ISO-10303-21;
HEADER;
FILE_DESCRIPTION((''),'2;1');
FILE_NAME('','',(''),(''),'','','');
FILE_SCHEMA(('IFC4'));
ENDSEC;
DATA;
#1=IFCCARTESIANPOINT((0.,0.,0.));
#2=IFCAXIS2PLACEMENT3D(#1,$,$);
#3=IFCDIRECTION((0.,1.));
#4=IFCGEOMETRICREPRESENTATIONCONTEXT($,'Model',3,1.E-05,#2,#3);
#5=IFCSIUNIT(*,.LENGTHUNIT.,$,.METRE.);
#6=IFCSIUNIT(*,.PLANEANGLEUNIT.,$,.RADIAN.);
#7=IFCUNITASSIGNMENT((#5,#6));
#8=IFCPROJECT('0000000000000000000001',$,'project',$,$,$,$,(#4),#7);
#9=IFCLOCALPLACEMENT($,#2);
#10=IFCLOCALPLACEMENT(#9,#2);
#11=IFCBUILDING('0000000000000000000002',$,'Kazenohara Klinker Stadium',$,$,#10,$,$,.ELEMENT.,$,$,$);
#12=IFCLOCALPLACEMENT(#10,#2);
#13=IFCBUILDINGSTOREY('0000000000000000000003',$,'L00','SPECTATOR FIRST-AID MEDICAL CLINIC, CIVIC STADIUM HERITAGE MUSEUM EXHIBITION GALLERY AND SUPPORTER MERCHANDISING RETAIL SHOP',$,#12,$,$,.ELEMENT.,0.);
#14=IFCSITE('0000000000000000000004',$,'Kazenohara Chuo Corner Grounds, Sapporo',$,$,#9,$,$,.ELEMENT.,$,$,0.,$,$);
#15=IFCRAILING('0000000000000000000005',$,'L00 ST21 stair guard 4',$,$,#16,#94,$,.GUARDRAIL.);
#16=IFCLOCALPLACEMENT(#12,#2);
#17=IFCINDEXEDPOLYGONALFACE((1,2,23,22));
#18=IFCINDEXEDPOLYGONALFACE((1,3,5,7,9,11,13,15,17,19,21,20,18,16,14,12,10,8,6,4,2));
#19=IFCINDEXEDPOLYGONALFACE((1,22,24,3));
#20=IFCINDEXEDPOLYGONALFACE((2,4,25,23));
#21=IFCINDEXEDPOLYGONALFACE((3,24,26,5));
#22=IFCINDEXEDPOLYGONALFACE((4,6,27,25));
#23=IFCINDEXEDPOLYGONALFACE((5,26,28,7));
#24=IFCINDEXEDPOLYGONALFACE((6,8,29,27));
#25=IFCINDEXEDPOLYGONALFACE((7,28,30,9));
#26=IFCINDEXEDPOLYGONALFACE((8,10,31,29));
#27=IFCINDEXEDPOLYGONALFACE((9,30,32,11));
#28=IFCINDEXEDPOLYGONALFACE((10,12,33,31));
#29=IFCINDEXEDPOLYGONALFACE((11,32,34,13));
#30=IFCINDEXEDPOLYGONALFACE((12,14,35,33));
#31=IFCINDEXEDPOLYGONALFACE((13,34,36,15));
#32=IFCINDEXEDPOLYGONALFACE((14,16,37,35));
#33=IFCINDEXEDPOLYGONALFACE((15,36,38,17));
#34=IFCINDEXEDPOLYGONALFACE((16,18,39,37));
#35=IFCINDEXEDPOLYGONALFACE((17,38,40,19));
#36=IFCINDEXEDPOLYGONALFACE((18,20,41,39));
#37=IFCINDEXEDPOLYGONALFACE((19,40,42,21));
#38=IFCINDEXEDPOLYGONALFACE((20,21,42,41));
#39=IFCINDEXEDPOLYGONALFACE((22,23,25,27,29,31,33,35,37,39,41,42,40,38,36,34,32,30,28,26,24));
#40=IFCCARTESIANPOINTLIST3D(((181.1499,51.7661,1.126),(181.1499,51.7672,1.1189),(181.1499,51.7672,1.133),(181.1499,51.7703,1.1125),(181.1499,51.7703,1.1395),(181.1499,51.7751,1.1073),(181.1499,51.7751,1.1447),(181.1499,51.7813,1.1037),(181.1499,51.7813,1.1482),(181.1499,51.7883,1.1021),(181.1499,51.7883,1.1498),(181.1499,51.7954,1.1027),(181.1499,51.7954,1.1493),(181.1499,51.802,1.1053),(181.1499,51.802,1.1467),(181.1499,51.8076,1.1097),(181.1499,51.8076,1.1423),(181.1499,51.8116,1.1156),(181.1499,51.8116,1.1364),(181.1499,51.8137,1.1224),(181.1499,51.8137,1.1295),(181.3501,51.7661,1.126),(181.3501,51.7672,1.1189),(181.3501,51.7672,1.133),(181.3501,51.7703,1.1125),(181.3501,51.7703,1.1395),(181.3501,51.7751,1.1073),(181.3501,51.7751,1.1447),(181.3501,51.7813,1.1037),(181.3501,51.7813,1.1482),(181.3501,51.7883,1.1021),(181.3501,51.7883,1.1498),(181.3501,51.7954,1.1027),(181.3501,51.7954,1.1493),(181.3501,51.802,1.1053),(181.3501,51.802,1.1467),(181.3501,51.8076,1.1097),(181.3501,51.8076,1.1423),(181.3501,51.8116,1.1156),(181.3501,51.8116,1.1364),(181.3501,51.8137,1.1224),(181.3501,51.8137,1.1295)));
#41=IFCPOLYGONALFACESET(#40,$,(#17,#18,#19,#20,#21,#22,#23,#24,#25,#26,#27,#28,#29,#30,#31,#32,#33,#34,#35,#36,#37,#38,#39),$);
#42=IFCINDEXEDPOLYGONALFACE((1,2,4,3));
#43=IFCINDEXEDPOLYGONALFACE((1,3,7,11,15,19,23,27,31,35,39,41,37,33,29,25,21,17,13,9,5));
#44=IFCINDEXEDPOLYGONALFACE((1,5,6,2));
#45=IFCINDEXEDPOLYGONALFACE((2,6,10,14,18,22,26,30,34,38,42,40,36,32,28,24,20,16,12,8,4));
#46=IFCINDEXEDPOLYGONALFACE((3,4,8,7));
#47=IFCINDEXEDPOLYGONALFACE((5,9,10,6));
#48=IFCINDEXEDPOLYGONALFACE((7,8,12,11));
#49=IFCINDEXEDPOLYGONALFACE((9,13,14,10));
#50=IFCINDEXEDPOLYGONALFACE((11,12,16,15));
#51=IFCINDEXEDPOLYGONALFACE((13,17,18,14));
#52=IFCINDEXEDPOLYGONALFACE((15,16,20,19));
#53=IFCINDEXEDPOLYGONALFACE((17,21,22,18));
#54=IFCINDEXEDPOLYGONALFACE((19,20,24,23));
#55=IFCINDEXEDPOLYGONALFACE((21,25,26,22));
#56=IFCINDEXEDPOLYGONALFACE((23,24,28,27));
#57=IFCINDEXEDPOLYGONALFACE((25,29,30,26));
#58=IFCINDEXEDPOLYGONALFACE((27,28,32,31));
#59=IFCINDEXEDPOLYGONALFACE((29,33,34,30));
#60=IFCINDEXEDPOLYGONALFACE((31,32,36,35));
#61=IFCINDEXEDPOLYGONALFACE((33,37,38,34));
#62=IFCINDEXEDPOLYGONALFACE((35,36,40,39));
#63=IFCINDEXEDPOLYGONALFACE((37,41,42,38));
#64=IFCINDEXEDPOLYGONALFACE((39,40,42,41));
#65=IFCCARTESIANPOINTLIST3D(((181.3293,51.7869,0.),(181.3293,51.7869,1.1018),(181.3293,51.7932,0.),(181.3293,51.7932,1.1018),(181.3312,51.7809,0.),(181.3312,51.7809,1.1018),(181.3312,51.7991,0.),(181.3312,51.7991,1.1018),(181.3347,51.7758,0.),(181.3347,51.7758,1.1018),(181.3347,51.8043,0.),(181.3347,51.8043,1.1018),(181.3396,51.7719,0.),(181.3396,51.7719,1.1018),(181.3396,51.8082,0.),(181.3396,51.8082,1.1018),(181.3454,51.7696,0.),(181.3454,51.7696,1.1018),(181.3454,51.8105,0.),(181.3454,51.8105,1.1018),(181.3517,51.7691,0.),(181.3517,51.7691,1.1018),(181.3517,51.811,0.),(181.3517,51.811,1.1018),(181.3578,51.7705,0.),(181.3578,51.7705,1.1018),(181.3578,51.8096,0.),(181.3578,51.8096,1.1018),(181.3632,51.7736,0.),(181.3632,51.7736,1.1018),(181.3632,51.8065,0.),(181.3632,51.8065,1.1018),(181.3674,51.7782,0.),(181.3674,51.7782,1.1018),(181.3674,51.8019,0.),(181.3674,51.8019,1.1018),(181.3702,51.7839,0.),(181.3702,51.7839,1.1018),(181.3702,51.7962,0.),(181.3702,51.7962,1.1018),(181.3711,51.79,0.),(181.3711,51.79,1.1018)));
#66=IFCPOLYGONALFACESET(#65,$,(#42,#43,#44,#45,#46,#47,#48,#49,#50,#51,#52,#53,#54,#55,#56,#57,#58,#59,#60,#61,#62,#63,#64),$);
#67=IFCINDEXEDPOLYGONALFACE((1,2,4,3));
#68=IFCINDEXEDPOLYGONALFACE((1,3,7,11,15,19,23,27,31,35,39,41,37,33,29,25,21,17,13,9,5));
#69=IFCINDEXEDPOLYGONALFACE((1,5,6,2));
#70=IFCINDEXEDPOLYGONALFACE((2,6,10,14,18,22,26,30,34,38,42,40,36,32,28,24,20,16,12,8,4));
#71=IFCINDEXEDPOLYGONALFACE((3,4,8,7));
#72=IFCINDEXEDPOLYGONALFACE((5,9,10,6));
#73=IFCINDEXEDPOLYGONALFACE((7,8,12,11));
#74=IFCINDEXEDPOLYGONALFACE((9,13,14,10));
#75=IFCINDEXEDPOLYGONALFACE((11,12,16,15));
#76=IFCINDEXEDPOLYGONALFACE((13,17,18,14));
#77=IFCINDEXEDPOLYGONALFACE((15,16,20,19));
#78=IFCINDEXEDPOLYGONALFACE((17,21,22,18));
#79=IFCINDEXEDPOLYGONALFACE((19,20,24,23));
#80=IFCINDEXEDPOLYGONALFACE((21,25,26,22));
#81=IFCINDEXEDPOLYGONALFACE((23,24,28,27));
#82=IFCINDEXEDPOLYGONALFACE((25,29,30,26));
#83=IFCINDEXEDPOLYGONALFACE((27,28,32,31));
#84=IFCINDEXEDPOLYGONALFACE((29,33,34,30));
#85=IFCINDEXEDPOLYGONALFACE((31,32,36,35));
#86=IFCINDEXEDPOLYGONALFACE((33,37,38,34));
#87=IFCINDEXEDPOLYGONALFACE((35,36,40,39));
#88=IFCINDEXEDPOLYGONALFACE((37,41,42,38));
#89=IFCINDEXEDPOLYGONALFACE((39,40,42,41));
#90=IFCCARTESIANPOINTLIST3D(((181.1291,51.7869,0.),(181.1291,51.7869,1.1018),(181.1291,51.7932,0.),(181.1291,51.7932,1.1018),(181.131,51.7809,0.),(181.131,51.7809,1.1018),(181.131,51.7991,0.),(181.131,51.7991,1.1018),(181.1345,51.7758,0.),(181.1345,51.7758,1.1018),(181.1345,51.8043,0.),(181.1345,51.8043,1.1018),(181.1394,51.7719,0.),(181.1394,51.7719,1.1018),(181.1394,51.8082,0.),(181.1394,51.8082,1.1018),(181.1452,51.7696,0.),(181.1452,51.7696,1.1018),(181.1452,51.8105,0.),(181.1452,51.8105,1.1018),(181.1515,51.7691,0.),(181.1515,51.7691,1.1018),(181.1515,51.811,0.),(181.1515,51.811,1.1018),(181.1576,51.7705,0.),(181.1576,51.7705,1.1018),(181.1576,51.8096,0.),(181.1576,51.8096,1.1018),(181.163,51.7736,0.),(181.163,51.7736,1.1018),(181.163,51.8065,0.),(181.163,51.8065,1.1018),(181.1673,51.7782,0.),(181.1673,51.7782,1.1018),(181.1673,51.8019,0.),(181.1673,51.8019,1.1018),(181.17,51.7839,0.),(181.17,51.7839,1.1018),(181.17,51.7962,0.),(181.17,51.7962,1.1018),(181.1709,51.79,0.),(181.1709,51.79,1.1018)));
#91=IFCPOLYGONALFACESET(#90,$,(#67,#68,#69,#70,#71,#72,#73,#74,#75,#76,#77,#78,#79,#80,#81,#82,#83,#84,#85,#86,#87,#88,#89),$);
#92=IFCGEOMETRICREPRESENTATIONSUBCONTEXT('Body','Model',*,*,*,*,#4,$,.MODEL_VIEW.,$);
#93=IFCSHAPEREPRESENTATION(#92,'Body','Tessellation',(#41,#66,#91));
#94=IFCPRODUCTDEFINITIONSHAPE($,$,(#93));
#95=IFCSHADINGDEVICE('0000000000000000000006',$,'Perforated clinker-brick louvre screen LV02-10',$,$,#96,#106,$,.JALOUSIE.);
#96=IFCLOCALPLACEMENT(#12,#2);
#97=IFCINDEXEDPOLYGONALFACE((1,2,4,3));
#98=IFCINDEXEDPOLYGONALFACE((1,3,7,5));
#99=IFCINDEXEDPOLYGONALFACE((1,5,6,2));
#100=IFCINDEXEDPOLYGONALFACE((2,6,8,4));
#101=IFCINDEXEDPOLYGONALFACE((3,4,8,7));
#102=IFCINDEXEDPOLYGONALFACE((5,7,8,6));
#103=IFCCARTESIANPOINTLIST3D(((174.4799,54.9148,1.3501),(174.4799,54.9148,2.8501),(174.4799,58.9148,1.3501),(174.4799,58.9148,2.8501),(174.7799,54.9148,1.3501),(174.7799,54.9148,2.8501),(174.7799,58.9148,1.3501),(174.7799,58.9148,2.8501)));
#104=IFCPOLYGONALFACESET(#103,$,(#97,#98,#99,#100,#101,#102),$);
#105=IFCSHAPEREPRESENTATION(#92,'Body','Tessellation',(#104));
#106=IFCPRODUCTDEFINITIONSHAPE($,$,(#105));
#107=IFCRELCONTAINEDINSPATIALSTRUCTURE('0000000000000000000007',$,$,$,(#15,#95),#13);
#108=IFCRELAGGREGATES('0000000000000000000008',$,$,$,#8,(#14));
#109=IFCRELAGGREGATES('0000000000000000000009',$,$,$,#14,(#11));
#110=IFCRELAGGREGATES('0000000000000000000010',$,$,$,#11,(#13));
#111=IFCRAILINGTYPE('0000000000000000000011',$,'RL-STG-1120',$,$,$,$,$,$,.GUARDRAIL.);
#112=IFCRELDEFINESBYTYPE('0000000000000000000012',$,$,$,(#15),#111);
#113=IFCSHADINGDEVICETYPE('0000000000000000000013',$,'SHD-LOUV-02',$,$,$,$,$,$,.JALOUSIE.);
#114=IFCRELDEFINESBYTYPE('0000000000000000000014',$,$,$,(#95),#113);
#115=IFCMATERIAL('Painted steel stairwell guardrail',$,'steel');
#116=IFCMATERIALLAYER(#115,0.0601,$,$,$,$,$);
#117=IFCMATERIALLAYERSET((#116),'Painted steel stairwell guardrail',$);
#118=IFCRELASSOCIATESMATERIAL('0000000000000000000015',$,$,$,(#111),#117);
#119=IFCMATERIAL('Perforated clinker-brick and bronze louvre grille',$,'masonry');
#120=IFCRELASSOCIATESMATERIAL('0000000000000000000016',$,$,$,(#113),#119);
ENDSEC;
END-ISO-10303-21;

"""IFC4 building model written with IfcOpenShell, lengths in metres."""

from ifc_helpers import new_model, si_unit, direction, frame, origin, origin_2d, place, context, subcontext, project, spatial, rectangle, circle, extrude, material, layer, layer_set, type_object, element, save


model = new_model("IFC4")

# Units and contexts
model_context = context("Model", 3, precision=1e-05, world=origin(), true_north=direction((0.0, 1.0)))
body_context = subcontext(model_context, "Body", "Model", "MODEL_VIEW")
ifc_project = project(units=[si_unit("LENGTHUNIT", "METRE"), si_unit("PLANEANGLEUNIT", "RADIAN")], contexts=[model_context])

# Site, building, storey
site_placement = place(None, origin())
site = spatial("IfcSite", under=ifc_project, at=site_placement, Name="Kazenohara Chuo Corner Grounds, Sapporo", CompositionType="ELEMENT", RefElevation=0.0)
building_placement = place(site_placement, origin())
building = spatial("IfcBuilding", under=site, at=building_placement, Name="Kazenohara Klinker Stadium", CompositionType="ELEMENT")
storey_placement = place(building_placement, origin())
storey = spatial("IfcBuildingStorey", under=building, at=storey_placement, Name="L00", Description="SPECTATOR FIRST-AID MEDICAL CLINIC, CIVIC STADIUM HERITAGE MUSEUM EXHIBITION GALLERY AND SUPPORTER MERCHANDISING RETAIL SHOP", CompositionType="ELEMENT", Elevation=0.0)

# Railing
ifc_material_1 = material(Name="Painted steel stairwell guardrail", Category="steel")
ifc_layer_1 = layer(ifc_material_1, 0.0601)
ifc_layer_set_1 = layer_set([ifc_layer_1], Name="Painted steel stairwell guardrail")
railing_type_1 = type_object("IfcRailingType", Name="RL-STG-1120", PredefinedType="GUARDRAIL", material=ifc_layer_set_1)
railing_1_placement = place(storey_placement, frame((181.3501, 51.79, 0.0)))
element("IfcRailing", 1, at=railing_1_placement, inside=storey, type_object=railing_type_1, Name="L00 ST21 stair guard 4", PredefinedType="GUARDRAIL", context=body_context, shape_type="SweptSolid", body=[
    extrude(circle(Radius=0.0239, at=origin_2d()), frame((0.0, 0.0, 1.126), z_axis=(-1.0, 0.0, 0.0), x_axis=(0.0, -1.0, 0.0)), (0.0, 0.0, 1.0), 0.2002),
    extrude(circle(Radius=0.021, at=origin_2d()), origin(), (0.0, 0.0, 1.0), 1.1018),
    extrude(circle(Radius=0.021, at=origin_2d()), frame((-0.2002, 0.0, 0.0)), (0.0, 0.0, 1.0), 1.1018),
])

# Shading device
ifc_material_2 = material(Name="Perforated clinker-brick and bronze louvre grille", Category="masonry")
shading_device_type = type_object("IfcShadingDeviceType", Name="SHD-LOUV-02", PredefinedType="JALOUSIE", material=ifc_material_2)
shading_device_placement = place(storey_placement, frame((174.6299, 56.9148, 1.3501), z_axis=(0.0, 0.0, 1.0), x_axis=(0.0, 1.0, 0.0)))
element("IfcShadingDevice", 2, at=shading_device_placement, inside=storey, type_object=shading_device_type, Name="Perforated clinker-brick louvre screen LV02-10", PredefinedType="JALOUSIE", context=body_context, shape_type="SweptSolid", body=[
    extrude(rectangle(XDim=4.0, YDim=0.3, at=origin_2d()), origin(), (0.0, 0.0, 1.0), 1.5),
])

save(model, "model.ifc")
